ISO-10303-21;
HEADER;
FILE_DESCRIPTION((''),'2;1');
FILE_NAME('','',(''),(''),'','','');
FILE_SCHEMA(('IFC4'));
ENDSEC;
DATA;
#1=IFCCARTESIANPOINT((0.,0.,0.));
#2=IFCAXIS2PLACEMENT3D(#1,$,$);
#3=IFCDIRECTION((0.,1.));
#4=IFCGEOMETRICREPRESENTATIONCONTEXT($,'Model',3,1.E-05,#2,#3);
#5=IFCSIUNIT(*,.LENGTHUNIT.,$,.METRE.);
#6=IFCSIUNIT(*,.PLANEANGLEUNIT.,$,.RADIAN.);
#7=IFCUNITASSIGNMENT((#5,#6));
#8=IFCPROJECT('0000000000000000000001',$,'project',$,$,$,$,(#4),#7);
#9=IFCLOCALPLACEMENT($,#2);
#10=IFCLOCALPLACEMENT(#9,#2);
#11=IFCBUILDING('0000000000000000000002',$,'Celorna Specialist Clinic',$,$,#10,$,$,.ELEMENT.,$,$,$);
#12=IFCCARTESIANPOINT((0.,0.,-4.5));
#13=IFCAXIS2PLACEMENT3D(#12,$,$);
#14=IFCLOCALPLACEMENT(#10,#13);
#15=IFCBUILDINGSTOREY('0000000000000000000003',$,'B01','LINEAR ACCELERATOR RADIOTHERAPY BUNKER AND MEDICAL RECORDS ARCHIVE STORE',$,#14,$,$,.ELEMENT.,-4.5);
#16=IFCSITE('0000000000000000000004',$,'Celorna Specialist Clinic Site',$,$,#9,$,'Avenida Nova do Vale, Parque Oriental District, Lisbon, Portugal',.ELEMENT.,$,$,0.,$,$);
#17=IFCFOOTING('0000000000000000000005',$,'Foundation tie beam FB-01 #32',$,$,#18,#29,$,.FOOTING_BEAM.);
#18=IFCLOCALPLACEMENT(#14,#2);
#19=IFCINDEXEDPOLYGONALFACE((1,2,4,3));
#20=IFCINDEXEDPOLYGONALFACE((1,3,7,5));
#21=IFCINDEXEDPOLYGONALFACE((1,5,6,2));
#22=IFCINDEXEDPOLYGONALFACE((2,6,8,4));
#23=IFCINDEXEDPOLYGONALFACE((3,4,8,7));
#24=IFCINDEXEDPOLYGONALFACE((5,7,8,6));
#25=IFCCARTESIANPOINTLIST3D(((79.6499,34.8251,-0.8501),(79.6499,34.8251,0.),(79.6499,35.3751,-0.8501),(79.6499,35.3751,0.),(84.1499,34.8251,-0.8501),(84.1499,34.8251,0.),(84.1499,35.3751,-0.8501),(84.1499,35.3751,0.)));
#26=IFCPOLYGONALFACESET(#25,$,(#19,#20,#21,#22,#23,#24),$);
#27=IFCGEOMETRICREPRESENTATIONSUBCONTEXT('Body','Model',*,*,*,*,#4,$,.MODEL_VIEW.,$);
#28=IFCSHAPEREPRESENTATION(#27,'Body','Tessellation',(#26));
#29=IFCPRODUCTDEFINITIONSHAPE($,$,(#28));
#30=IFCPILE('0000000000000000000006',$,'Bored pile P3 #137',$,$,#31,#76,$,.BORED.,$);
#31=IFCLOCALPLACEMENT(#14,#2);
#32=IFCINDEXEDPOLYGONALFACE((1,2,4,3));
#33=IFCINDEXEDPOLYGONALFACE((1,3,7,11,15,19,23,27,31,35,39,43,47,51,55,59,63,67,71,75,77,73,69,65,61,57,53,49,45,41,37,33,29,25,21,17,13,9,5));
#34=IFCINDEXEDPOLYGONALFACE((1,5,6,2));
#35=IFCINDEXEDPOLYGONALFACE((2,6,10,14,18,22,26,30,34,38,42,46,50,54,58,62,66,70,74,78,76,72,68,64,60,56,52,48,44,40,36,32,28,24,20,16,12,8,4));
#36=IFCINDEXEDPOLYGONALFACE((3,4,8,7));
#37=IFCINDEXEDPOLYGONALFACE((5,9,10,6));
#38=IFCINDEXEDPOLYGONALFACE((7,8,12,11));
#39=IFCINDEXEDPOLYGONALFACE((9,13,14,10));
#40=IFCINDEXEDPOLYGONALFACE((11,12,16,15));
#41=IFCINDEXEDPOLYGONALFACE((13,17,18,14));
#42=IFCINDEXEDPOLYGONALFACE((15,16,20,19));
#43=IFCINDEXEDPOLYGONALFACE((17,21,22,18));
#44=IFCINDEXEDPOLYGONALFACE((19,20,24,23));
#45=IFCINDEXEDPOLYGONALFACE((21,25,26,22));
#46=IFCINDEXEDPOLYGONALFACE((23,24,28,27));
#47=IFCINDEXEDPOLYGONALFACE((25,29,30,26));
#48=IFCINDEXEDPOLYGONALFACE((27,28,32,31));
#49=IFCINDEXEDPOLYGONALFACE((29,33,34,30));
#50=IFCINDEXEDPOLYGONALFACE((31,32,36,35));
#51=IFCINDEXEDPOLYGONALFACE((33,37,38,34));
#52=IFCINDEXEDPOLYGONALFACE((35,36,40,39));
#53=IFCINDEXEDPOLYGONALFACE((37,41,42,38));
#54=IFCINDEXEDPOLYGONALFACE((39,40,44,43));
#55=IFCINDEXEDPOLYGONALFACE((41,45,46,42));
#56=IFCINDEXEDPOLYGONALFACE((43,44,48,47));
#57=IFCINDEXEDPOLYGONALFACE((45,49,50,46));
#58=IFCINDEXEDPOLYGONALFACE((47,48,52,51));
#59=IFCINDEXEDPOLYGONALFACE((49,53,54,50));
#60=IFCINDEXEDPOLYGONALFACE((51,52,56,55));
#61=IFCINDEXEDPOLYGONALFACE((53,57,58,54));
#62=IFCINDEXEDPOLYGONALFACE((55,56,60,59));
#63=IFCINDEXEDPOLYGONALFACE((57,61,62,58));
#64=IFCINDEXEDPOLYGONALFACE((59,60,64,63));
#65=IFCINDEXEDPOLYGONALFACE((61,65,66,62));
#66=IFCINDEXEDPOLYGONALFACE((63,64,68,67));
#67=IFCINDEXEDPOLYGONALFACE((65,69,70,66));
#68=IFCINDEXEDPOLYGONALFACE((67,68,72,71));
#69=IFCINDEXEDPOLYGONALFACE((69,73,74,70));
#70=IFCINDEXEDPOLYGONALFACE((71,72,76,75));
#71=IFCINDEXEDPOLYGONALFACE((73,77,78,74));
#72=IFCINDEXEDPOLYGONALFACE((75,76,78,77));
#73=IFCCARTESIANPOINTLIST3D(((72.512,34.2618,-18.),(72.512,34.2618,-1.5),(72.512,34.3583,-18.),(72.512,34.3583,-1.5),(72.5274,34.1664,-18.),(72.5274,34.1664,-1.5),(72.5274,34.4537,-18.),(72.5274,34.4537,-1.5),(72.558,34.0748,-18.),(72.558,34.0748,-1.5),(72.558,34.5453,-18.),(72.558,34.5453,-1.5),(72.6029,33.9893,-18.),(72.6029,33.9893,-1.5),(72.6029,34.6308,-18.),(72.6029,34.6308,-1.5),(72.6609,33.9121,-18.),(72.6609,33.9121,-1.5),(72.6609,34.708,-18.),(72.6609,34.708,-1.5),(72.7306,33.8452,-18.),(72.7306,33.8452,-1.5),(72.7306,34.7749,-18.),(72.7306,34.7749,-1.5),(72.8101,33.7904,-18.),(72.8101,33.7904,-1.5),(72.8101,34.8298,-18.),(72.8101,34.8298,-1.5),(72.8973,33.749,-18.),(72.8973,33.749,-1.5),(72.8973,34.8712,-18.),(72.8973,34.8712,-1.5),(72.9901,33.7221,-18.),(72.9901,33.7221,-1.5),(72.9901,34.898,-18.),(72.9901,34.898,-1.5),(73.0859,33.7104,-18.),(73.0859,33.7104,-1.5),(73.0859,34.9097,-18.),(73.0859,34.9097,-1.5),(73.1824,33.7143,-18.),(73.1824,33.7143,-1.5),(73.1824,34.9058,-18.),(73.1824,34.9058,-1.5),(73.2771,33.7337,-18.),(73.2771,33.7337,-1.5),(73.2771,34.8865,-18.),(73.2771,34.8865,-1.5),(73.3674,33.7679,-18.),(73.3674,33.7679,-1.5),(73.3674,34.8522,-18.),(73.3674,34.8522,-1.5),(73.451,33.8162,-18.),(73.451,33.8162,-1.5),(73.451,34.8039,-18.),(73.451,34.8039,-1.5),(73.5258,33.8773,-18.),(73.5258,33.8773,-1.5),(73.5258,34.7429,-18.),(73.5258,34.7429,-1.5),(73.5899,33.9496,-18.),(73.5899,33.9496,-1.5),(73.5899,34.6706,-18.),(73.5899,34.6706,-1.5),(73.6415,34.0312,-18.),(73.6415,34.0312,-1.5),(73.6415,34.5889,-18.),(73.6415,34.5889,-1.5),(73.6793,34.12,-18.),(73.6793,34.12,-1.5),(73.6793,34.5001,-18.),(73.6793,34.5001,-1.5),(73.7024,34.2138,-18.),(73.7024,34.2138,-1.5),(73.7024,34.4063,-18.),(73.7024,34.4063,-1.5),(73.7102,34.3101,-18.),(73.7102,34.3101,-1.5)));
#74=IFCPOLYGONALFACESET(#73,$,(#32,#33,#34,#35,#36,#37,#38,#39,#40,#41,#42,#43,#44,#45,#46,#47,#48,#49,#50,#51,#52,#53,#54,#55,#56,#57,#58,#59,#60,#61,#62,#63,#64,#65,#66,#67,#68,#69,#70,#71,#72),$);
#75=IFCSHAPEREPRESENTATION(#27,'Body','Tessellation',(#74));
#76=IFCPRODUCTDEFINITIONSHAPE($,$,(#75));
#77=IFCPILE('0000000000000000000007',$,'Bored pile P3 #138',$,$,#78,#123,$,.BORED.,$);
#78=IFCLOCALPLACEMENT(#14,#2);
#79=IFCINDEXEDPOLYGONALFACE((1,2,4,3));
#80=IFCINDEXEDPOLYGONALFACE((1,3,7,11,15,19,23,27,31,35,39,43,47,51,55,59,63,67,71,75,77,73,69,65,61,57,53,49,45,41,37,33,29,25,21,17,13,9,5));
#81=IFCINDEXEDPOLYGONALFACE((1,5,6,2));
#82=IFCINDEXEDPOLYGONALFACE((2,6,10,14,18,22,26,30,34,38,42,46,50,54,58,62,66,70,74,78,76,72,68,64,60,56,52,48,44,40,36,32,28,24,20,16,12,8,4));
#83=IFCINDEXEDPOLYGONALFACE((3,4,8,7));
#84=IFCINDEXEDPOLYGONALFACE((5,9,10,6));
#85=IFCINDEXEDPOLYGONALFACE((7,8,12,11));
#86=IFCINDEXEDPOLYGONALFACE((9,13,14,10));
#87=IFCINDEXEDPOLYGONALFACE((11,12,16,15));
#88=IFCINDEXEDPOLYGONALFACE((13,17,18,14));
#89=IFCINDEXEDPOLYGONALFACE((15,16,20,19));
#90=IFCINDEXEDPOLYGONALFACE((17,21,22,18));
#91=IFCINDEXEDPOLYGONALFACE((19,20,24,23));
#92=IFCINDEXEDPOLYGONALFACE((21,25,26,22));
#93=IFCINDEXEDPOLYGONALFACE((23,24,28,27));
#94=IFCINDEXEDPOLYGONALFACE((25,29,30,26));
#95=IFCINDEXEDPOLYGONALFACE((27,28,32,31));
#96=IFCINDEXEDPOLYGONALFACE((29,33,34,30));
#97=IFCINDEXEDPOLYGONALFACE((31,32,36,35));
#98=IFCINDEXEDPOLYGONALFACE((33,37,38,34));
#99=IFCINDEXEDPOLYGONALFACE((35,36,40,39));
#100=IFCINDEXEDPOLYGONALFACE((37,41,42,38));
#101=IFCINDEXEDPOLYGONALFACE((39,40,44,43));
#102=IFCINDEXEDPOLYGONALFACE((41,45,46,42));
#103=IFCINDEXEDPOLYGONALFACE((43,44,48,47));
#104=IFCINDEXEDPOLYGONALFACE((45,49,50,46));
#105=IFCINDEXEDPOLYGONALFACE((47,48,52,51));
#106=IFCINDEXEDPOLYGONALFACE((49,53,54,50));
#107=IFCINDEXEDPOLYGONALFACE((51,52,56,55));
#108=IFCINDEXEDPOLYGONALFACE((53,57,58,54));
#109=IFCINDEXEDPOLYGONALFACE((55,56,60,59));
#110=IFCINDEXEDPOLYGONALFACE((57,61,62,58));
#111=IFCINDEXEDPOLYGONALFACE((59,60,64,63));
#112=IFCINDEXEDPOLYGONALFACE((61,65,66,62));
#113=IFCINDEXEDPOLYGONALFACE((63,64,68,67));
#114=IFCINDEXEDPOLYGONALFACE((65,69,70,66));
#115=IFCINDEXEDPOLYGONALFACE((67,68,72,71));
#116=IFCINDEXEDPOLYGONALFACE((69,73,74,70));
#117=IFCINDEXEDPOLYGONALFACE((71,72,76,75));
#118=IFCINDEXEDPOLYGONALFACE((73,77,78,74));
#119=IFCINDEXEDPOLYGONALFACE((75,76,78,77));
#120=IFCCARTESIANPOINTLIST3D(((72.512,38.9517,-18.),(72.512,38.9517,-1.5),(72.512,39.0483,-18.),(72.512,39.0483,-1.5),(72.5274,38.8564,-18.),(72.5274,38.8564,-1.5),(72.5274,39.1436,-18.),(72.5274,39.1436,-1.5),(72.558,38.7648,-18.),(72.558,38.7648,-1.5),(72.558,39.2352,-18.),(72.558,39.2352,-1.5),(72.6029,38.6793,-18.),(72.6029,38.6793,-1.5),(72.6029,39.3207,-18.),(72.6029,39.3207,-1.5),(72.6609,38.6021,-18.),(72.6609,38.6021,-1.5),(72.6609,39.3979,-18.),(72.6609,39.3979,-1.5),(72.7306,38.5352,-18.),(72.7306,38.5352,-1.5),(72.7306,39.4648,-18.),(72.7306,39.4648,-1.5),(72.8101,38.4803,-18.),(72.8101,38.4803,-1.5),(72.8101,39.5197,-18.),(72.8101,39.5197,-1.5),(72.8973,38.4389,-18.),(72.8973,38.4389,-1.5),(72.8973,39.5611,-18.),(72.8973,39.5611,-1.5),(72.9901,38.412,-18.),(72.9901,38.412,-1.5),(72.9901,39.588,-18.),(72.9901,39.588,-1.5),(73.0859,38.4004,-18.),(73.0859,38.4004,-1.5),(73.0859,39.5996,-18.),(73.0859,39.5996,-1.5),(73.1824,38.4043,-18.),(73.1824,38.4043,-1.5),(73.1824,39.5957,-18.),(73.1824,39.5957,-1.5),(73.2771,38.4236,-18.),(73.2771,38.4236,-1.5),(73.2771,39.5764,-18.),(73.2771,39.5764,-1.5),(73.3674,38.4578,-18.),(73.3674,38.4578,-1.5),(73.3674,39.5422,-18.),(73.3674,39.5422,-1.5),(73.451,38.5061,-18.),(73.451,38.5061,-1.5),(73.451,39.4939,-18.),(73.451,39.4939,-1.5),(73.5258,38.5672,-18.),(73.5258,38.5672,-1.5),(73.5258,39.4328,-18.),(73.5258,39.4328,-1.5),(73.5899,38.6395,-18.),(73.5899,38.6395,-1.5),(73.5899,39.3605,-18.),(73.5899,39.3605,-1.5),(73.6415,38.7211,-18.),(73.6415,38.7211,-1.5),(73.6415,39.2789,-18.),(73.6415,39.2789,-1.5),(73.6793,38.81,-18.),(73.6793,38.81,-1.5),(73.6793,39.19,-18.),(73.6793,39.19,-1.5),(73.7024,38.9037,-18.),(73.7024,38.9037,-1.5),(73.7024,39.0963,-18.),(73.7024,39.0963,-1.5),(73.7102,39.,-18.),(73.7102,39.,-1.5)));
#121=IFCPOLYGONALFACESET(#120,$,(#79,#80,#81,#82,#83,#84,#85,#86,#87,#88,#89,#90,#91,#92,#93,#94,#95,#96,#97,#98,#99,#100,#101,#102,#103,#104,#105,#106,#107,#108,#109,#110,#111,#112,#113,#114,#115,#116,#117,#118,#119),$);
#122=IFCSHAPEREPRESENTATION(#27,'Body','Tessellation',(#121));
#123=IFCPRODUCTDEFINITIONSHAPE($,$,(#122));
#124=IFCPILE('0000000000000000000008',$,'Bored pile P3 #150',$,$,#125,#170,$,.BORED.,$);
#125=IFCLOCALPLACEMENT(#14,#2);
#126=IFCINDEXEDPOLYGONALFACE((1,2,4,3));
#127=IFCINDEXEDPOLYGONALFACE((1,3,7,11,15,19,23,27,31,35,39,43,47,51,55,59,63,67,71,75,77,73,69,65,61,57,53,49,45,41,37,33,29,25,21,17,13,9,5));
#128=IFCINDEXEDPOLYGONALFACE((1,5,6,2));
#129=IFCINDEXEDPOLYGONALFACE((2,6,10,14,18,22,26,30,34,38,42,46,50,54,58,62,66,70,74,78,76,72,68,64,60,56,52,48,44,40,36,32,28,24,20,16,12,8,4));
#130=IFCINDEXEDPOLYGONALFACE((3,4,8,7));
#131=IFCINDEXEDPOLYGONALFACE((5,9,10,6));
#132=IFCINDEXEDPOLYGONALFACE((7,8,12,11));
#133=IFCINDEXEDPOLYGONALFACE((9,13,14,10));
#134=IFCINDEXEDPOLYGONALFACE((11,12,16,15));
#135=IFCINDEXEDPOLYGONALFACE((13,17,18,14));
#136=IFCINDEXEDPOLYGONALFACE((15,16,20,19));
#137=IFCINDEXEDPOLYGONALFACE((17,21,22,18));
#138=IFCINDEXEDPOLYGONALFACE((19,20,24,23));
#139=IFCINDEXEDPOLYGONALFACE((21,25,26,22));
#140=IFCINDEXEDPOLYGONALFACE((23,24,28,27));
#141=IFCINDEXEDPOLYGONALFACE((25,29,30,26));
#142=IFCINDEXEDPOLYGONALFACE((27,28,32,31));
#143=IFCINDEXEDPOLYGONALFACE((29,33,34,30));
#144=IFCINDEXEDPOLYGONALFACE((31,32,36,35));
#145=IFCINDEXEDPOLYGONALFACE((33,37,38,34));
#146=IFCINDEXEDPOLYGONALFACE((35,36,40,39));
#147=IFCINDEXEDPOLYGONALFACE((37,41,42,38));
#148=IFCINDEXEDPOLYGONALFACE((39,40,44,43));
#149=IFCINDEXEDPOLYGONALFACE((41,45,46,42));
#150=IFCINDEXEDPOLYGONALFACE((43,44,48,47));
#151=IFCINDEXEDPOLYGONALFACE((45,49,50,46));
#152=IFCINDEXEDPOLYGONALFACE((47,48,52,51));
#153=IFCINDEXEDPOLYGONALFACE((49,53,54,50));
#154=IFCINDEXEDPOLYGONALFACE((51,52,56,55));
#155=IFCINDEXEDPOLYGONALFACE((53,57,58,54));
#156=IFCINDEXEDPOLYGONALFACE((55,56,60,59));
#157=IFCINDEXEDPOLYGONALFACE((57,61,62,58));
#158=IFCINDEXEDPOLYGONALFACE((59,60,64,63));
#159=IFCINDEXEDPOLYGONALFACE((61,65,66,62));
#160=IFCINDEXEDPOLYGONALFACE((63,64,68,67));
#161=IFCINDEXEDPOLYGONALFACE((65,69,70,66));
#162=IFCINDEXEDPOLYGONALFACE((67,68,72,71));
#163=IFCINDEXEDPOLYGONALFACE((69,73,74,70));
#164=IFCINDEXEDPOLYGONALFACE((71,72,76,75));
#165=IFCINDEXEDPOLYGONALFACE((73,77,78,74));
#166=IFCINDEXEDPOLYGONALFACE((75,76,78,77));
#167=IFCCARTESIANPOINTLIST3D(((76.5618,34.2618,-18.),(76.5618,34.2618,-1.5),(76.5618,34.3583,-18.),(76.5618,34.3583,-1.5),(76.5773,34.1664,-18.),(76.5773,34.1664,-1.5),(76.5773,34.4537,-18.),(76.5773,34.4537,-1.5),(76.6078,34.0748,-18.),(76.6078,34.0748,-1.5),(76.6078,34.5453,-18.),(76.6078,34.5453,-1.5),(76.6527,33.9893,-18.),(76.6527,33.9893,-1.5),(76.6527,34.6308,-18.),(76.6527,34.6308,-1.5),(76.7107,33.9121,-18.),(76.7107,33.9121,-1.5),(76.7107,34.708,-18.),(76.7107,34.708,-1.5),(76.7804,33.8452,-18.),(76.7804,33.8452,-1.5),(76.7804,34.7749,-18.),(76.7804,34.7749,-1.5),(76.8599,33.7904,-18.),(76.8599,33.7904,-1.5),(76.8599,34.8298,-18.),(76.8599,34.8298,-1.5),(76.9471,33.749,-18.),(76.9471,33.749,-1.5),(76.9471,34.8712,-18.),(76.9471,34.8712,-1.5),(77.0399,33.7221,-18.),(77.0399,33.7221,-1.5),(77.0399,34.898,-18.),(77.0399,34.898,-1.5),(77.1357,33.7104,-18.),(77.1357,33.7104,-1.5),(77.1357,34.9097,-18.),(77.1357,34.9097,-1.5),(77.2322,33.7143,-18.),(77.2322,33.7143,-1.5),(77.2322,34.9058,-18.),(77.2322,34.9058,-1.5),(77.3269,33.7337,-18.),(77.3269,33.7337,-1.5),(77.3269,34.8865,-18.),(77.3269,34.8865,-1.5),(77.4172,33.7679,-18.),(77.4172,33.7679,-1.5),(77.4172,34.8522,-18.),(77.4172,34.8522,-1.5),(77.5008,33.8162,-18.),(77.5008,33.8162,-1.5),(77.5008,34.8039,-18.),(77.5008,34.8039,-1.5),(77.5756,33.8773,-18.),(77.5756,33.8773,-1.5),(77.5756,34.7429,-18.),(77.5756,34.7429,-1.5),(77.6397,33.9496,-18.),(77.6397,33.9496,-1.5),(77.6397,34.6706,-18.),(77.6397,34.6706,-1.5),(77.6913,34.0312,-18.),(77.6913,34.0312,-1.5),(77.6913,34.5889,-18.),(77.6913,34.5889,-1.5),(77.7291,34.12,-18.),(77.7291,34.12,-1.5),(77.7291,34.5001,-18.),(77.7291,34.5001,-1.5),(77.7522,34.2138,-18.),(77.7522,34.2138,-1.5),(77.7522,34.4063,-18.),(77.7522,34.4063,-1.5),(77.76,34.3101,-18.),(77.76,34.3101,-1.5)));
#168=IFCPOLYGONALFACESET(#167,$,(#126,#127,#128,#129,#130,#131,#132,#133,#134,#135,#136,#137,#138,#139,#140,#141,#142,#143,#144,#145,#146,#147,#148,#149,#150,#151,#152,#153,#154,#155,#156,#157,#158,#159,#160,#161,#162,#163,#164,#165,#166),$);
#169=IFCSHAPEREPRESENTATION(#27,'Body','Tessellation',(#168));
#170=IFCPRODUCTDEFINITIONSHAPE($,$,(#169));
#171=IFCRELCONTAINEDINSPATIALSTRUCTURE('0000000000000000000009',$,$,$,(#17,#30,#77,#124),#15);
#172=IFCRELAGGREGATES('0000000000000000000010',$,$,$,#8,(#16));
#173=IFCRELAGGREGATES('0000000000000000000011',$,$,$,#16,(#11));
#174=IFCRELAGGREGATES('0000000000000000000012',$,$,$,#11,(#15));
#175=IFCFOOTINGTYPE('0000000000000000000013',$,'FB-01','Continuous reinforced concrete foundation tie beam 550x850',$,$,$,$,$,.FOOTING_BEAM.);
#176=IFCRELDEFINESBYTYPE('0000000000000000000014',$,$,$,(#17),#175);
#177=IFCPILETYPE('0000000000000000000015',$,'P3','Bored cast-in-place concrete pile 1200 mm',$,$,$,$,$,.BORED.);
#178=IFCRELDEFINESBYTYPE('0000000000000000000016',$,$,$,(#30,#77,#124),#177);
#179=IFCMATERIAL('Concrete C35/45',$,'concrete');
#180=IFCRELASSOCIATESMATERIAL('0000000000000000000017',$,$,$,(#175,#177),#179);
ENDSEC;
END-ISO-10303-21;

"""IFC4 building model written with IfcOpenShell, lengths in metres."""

from ifc_helpers import new_model, si_unit, direction, frame, origin, origin_2d, place, context, subcontext, project, spatial, rectangle, circle, extrude, material, material_profile, profile_set, type_object, element, save


model = new_model("IFC4")

# Units and contexts
model_context = context("Model", 3, precision=1e-05, world=origin(), true_north=direction((0.0, 1.0)))
body_context = subcontext(model_context, "Body", "Model", "MODEL_VIEW")
ifc_project = project(units=[si_unit("LENGTHUNIT", "METRE"), si_unit("PLANEANGLEUNIT", "RADIAN")], contexts=[model_context])

# Site, building, storey
site_placement = place(None, origin())
site = spatial("IfcSite", under=ifc_project, at=site_placement, Name="Celorna Specialist Clinic Site", LongName="Avenida Nova do Vale, Parque Oriental District, Lisbon, Portugal", CompositionType="ELEMENT", RefElevation=0.0)
building_placement = place(site_placement, origin())
building = spatial("IfcBuilding", under=site, at=building_placement, Name="Celorna Specialist Clinic", CompositionType="ELEMENT")
storey_placement = place(building_placement, frame((0.0, 0.0, -4.5)))
storey = spatial("IfcBuildingStorey", under=building, at=storey_placement, Name="B01", Description="LINEAR ACCELERATOR RADIOTHERAPY BUNKER AND MEDICAL RECORDS ARCHIVE STORE", CompositionType="ELEMENT", Elevation=-4.5)

# Footing
ifc_material_1 = material(Name="Concrete C35/45", Category="concrete")
footing_type_1 = type_object("IfcFootingType", Name="FB-01", Description="Continuous reinforced concrete foundation tie beam 550x850", PredefinedType="FOOTING_BEAM", material=ifc_material_1)
footing_1_placement = place(storey_placement, frame((81.8999, 35.1001, -0.8501), z_axis=(0.0, 0.0, 1.0), x_axis=(1.0, 0.0, 0.0)))
element("IfcFooting", 1, at=footing_1_placement, inside=storey, type_object=footing_type_1, Name="Foundation tie beam FB-01 #32", PredefinedType="FOOTING_BEAM", context=body_context, shape_type="SweptSolid", body=[
    extrude(rectangle(XDim=4.5, YDim=0.55, at=origin_2d()), origin(), (0.0, 0.0, 1.0), 0.8501),
])

# Piles
ifc_material_profile_1 = material_profile(ifc_material_1, circle(Radius=0.6001, at=origin_2d()), Name="BORED PILE 1200")
ifc_profile_set_1 = profile_set([ifc_material_profile_1], Name="Concrete C35/45")
pile_type = type_object("IfcPileType", Name="P3", Description="Bored cast-in-place concrete pile 1200 mm", PredefinedType="BORED", material=ifc_profile_set_1)
for number, where, z_axis, x_axis, name in (
    (2, (73.1101, 34.3101, -1.5), (0.0, 0.0, -1.0), (1.0, 0.0, 0.0), "Bored pile P3 #137"),
    (3, (73.1101, 39.0, -1.5), (0.0, 0.0, -1.0), (1.0, 0.0, 0.0), "Bored pile P3 #138"),
    (4, (77.1599, 34.3101, -1.5), (0.0, 0.0, -1.0), (1.0, 0.0, 0.0), "Bored pile P3 #150"),
):
    element("IfcPile", number, at=place(storey_placement, frame(where, z_axis=z_axis, x_axis=x_axis)), inside=storey, type_object=pile_type, Name=name, PredefinedType="BORED", context=body_context, shape_type="SweptSolid", body=[
        extrude(circle(Radius=0.6001, at=origin_2d()), origin(), (0.0, 0.0, 1.0), 16.5),
    ])

save(model, "model.ifc")
